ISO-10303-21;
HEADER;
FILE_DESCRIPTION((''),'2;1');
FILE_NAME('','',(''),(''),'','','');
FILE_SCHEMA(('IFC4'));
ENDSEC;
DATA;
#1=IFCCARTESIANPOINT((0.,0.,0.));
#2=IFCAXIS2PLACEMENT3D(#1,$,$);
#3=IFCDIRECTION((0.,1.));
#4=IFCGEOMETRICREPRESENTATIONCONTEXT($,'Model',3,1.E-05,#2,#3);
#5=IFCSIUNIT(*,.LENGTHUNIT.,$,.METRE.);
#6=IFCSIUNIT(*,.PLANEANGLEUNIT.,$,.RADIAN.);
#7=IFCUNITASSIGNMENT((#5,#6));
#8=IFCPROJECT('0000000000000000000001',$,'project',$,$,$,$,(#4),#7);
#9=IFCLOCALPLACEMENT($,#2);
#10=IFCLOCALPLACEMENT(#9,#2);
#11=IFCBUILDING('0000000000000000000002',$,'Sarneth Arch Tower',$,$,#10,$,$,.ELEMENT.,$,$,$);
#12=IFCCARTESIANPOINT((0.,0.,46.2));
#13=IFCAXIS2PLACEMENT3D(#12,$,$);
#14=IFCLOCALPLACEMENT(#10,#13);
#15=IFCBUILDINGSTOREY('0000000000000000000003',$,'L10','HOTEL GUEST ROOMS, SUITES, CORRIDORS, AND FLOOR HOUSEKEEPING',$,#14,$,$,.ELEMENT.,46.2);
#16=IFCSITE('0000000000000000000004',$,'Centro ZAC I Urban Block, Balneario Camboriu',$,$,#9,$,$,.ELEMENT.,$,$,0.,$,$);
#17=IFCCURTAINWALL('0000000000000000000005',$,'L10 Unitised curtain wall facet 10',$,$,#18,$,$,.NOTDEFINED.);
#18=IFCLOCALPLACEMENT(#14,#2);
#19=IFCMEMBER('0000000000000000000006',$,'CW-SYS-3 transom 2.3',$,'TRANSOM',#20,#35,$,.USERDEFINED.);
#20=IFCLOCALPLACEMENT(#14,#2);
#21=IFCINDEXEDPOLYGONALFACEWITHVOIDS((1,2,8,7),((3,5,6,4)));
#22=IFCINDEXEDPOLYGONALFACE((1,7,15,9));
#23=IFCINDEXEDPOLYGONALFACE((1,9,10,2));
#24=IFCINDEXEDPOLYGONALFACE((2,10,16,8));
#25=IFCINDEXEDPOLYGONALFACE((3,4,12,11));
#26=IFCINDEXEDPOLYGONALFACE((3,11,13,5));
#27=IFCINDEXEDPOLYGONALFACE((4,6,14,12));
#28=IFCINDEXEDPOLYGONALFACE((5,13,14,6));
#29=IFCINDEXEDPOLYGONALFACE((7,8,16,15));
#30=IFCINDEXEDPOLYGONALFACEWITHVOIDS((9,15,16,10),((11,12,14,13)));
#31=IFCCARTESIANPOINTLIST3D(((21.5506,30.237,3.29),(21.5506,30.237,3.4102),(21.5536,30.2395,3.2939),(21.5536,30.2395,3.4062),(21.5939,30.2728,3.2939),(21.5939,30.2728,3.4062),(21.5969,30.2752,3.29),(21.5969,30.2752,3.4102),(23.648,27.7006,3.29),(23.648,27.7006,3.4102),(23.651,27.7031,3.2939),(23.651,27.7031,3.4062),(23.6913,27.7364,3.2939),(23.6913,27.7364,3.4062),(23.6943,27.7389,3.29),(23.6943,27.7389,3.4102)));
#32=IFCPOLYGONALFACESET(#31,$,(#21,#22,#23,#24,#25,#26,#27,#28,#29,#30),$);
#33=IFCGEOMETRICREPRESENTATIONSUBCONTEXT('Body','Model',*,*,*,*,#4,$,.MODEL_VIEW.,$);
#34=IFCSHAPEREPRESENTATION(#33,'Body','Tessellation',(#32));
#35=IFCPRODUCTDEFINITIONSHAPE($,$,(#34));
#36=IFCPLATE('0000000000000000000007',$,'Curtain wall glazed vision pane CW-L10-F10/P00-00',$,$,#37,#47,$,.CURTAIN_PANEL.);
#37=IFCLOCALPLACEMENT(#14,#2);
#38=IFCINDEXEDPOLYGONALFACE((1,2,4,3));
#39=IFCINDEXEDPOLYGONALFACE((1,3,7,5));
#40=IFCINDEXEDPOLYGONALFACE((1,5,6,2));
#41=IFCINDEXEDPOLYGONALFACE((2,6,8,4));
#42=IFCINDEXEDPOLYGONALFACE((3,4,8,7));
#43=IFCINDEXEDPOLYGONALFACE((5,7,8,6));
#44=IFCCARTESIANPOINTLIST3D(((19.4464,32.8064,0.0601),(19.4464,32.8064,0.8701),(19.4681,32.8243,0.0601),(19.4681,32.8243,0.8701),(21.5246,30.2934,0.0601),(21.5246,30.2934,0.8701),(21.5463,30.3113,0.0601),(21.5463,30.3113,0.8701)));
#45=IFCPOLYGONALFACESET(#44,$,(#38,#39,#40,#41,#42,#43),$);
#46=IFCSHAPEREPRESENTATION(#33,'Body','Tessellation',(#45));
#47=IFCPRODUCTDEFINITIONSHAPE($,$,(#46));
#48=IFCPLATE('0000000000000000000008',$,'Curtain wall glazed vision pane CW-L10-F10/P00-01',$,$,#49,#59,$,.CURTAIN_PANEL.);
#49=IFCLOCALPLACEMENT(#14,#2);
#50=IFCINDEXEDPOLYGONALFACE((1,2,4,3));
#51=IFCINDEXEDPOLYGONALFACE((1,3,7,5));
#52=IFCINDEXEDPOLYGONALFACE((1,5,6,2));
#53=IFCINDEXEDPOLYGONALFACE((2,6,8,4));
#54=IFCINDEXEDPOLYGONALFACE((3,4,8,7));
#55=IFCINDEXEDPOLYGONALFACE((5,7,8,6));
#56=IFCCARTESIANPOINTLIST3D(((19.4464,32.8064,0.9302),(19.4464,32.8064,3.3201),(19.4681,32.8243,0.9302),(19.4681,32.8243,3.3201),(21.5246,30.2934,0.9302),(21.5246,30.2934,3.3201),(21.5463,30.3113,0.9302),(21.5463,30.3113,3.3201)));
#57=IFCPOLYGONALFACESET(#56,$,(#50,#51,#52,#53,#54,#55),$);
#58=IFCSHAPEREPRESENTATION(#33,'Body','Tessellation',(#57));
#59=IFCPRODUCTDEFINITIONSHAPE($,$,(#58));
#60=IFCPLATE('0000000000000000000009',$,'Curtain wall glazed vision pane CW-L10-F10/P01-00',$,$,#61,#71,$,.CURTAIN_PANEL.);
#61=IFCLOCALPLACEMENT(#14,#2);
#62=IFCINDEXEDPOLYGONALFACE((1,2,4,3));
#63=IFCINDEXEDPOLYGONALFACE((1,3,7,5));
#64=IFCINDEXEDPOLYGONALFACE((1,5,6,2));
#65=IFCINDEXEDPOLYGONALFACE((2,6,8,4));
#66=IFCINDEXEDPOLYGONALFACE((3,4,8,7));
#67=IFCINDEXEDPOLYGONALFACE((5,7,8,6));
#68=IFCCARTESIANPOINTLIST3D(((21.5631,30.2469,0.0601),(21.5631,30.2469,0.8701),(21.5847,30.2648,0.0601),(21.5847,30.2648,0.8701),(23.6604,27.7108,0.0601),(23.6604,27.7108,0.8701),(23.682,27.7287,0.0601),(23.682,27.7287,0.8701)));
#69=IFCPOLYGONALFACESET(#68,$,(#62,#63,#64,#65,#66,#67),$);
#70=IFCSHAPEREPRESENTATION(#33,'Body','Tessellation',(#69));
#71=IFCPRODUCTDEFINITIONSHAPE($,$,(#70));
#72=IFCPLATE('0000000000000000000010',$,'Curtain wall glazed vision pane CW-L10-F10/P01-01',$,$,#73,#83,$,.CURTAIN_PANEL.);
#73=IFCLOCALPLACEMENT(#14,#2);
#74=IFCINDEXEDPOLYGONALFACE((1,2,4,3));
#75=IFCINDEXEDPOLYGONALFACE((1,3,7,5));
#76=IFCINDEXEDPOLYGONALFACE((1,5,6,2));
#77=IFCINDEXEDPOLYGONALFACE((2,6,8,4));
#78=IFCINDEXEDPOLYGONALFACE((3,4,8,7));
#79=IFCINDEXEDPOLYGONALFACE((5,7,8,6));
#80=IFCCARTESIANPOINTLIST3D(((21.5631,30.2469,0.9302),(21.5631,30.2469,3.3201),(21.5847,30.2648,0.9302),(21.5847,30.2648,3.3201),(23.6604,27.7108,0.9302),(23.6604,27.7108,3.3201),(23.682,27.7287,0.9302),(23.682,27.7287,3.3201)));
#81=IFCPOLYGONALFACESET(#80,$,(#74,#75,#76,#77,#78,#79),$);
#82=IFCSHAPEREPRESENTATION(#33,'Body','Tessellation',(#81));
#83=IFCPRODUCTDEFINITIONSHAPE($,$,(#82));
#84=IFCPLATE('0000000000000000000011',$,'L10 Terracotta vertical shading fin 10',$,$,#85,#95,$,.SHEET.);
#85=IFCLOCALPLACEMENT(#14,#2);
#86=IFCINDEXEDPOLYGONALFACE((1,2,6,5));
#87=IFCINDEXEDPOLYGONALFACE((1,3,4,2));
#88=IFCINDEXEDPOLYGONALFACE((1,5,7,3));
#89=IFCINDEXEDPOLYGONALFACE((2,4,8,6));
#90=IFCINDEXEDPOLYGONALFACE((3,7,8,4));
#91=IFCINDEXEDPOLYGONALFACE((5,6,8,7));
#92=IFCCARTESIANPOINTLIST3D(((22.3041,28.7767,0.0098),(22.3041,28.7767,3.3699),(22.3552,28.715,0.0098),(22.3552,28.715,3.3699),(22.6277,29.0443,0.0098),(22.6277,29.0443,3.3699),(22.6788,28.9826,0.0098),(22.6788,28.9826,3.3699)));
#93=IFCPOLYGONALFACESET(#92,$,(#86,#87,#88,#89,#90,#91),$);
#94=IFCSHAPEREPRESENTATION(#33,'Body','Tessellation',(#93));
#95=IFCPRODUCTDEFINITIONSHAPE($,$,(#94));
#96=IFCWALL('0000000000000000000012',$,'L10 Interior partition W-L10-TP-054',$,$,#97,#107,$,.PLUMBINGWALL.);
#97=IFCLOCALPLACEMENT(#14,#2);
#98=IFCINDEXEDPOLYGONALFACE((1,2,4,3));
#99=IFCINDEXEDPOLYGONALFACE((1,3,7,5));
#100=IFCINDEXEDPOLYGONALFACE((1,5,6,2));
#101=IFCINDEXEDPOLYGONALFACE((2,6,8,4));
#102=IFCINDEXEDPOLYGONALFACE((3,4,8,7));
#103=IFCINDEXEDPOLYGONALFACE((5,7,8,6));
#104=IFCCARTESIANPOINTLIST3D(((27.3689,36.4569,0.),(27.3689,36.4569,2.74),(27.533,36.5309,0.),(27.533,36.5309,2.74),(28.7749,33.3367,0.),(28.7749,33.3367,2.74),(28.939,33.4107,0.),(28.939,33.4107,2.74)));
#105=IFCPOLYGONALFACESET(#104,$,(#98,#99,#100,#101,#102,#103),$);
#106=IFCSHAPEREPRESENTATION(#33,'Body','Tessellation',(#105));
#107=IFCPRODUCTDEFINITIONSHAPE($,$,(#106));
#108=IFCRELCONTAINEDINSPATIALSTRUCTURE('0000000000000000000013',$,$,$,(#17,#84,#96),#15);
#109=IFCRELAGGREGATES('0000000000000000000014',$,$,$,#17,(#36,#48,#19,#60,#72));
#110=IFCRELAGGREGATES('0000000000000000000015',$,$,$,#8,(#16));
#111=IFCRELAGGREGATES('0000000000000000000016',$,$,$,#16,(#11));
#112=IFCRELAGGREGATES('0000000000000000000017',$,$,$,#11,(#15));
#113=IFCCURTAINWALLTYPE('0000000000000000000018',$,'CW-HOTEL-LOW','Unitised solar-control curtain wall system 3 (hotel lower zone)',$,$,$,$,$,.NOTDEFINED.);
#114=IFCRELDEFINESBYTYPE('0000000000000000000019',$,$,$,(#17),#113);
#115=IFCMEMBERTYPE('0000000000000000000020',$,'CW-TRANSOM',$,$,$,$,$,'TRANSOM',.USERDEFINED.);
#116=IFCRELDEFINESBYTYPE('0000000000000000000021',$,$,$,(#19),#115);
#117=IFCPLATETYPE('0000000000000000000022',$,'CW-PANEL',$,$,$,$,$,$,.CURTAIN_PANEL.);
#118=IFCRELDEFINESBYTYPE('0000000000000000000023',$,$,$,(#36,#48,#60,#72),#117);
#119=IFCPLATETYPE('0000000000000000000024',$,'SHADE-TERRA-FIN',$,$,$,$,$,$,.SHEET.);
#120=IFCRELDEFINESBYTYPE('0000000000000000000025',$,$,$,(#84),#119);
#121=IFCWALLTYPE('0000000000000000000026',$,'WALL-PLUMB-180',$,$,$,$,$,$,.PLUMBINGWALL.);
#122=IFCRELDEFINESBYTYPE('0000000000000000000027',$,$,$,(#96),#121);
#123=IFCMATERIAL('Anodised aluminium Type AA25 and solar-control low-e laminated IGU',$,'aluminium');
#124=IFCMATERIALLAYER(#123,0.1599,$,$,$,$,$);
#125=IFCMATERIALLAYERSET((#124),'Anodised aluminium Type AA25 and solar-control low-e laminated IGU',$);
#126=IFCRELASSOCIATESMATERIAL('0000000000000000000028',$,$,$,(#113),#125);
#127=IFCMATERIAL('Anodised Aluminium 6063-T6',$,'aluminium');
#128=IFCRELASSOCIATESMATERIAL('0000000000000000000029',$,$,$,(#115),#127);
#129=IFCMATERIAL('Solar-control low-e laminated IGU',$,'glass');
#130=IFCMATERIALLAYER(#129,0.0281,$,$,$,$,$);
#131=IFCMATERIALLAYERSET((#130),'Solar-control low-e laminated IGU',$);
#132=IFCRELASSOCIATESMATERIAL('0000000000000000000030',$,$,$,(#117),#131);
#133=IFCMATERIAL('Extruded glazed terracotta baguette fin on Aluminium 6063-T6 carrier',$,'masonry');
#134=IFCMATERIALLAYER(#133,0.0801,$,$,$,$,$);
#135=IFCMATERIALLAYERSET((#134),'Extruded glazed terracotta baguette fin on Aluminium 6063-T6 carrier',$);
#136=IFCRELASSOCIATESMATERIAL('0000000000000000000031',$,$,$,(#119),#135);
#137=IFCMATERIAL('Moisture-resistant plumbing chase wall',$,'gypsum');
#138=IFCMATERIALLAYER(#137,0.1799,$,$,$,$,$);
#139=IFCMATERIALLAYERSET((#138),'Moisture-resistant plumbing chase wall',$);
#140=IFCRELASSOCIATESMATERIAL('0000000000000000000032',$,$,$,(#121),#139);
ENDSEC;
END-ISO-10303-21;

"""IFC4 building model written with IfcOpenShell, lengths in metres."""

from ifc_helpers import new_model, si_unit, direction, frame, frame_2d, origin, origin_2d, place, context, subcontext, project, spatial, rectangle, hollow_rectangle, extrude, material, layer, layer_set, material_profile, profile_set, type_object, element, aggregate, save


model = new_model("IFC4")

# Units and contexts
model_context = context("Model", 3, precision=1e-05, world=origin(), true_north=direction((0.0, 1.0)))
body_context = subcontext(model_context, "Body", "Model", "MODEL_VIEW")
ifc_project = project(units=[si_unit("LENGTHUNIT", "METRE"), si_unit("PLANEANGLEUNIT", "RADIAN")], contexts=[model_context])

# Site, building, storey
site_placement = place(None, origin())
site = spatial("IfcSite", under=ifc_project, at=site_placement, Name="Centro ZAC I Urban Block, Balneario Camboriu", CompositionType="ELEMENT", RefElevation=0.0)
building_placement = place(site_placement, origin())
building = spatial("IfcBuilding", under=site, at=building_placement, Name="Sarneth Arch Tower", CompositionType="ELEMENT")
storey_placement = place(building_placement, frame((0.0, 0.0, 46.2)))
storey = spatial("IfcBuildingStorey", under=building, at=storey_placement, Name="L10", Description="HOTEL GUEST ROOMS, SUITES, CORRIDORS, AND FLOOR HOUSEKEEPING", CompositionType="ELEMENT", Elevation=46.2)

# Curtain wall, member, plates
ifc_material_1 = material(Name="Anodised aluminium Type AA25 and solar-control low-e laminated IGU", Category="aluminium")
ifc_layer_1 = layer(ifc_material_1, 0.1599)
ifc_layer_set_1 = layer_set([ifc_layer_1], Name="Anodised aluminium Type AA25 and solar-control low-e laminated IGU")
curtain_wall_type = type_object("IfcCurtainWallType", Name="CW-HOTEL-LOW", Description="Unitised solar-control curtain wall system 3 (hotel lower zone)", PredefinedType="NOTDEFINED", material=ifc_layer_set_1)
curtain_wall_placement = place(storey_placement, origin())
curtain_wall = element("IfcCurtainWall", 1, at=curtain_wall_placement, inside=storey, type_object=curtain_wall_type, Name="L10 Unitised curtain wall facet 10", PredefinedType="NOTDEFINED")
ifc_material_2 = material(Name="Anodised Aluminium 6063-T6", Category="aluminium")
ifc_material_profile_1 = material_profile(ifc_material_2, hollow_rectangle(XDim=0.0601, YDim=0.1201, WallThickness=0.0039, at=origin_2d()), Name="AL-TRAN-120x60x4")
ifc_profile_set_1 = profile_set([ifc_material_profile_1], Name="Anodised Aluminium 6063-T6")
member_type_1 = type_object("IfcMemberType", Name="CW-TRANSOM", ElementType="TRANSOM", PredefinedType="USERDEFINED", material=ifc_profile_set_1)
member_1_placement = place(storey_placement, frame((21.5737, 30.2561, 3.3501), z_axis=(0.637269, -0.770642, 0.0), x_axis=(0.770642, 0.637269, 0.0)))
member_1 = element("IfcMember", 2, at=member_1_placement, type_object=member_type_1, Name="CW-SYS-3 transom 2.3", ObjectType="TRANSOM", PredefinedType="USERDEFINED", context=body_context, shape_type="SweptSolid", body=[
    extrude(hollow_rectangle(XDim=0.0601, YDim=0.1201, WallThickness=0.0039, at=origin_2d()), origin(), (0.0, 0.0, 1.0), 3.2913),
])
ifc_material_3 = material(Name="Solar-control low-e laminated IGU", Category="glass")
ifc_layer_2 = layer(ifc_material_3, 0.0281)
ifc_layer_set_2 = layer_set([ifc_layer_2], Name="Solar-control low-e laminated IGU")
plate_type_1 = type_object("IfcPlateType", Name="CW-PANEL", PredefinedType="CURTAIN_PANEL", material=ifc_layer_set_2)
plate_1_placement = place(storey_placement, frame((20.4963, 31.5588, 0.0601), z_axis=(0.0, 0.0, 1.0), x_axis=(0.637291, -0.770623, 0.0)))
plate_1 = element("IfcPlate", 3, at=plate_1_placement, type_object=plate_type_1, Name="Curtain wall glazed vision pane CW-L10-F10/P00-00", PredefinedType="CURTAIN_PANEL", context=body_context, shape_type="SweptSolid", body=[
    extrude(rectangle(XDim=3.261, YDim=0.0281, at=origin_2d()), origin(), (0.0, 0.0, 1.0), 0.8101),
])
plate_2_placement = place(storey_placement, frame((20.4963, 31.5588, 0.9302), z_axis=(0.0, 0.0, 1.0), x_axis=(0.637291, -0.770623, 0.0)))
plate_2 = element("IfcPlate", 4, at=plate_2_placement, type_object=plate_type_1, Name="Curtain wall glazed vision pane CW-L10-F10/P00-01", PredefinedType="CURTAIN_PANEL", context=body_context, shape_type="SweptSolid", body=[
    extrude(rectangle(XDim=3.261, YDim=0.0281, at=origin_2d()), origin(), (0.0, 0.0, 1.0), 2.3899),
])
plate_3_placement = place(storey_placement, frame((22.6226, 28.9878, 0.0601), z_axis=(0.0, 0.0, 1.0), x_axis=(0.637291, -0.770623, 0.0)))
plate_3 = element("IfcPlate", 5, at=plate_3_placement, type_object=plate_type_1, Name="Curtain wall glazed vision pane CW-L10-F10/P01-00", PredefinedType="CURTAIN_PANEL", context=body_context, shape_type="SweptSolid", body=[
    extrude(rectangle(XDim=3.291, YDim=0.0281, at=origin_2d()), origin(), (0.0, 0.0, 1.0), 0.8101),
])
plate_4_placement = place(storey_placement, frame((22.6226, 28.9878, 0.9302), z_axis=(0.0, 0.0, 1.0), x_axis=(0.637291, -0.770623, 0.0)))
plate_4 = element("IfcPlate", 6, at=plate_4_placement, type_object=plate_type_1, Name="Curtain wall glazed vision pane CW-L10-F10/P01-01", PredefinedType="CURTAIN_PANEL", context=body_context, shape_type="SweptSolid", body=[
    extrude(rectangle(XDim=3.291, YDim=0.0281, at=origin_2d()), origin(), (0.0, 0.0, 1.0), 2.3899),
])
aggregate(curtain_wall, [plate_1, plate_2, member_1, plate_3, plate_4])

# Plate
ifc_material_4 = material(Name="Extruded glazed terracotta baguette fin on Aluminium 6063-T6 carrier", Category="masonry")
ifc_layer_3 = layer(ifc_material_4, 0.0801)
ifc_layer_set_3 = layer_set([ifc_layer_3], Name="Extruded glazed terracotta baguette fin on Aluminium 6063-T6 carrier")
plate_type_2 = type_object("IfcPlateType", Name="SHADE-TERRA-FIN", PredefinedType="SHEET", material=ifc_layer_set_3)
plate_5_placement = place(storey_placement, frame((22.4915, 28.8796, 0.0098), z_axis=(0.0, 0.0, 1.0), x_axis=(-0.770624, -0.63729, 0.0)))
element("IfcPlate", 7, at=plate_5_placement, inside=storey, type_object=plate_type_2, Name="L10 Terracotta vertical shading fin 10", PredefinedType="SHEET", context=body_context, shape_type="SweptSolid", body=[
    extrude(rectangle(XDim=0.4199, YDim=0.0801, at=origin_2d()), origin(), (0.0, 0.0, 1.0), 3.3601),
])

# Wall
ifc_material_5 = material(Name="Moisture-resistant plumbing chase wall", Category="gypsum")
ifc_layer_4 = layer(ifc_material_5, 0.1799)
ifc_layer_set_4 = layer_set([ifc_layer_4], Name="Moisture-resistant plumbing chase wall")
wall_type = type_object("IfcWallType", Name="WALL-PLUMB-180", PredefinedType="PLUMBINGWALL", material=ifc_layer_set_4)
wall_placement = place(storey_placement, frame((27.4509, 36.4939, 0.0), z_axis=(0.0, 0.0, 1.0), x_axis=(0.410839, -0.911708, 0.0)))
element("IfcWall", 8, at=wall_placement, inside=storey, type_object=wall_type, Name="L10 Interior partition W-L10-TP-054", PredefinedType="PLUMBINGWALL", context=body_context, shape_type="SweptSolid", body=[
    extrude(rectangle(XDim=3.4224, YDim=0.1799, at=frame_2d((1.7112, 0.0))), origin(), (0.0, 0.0, 1.0), 2.74),
])

save(model, "model.ifc")
